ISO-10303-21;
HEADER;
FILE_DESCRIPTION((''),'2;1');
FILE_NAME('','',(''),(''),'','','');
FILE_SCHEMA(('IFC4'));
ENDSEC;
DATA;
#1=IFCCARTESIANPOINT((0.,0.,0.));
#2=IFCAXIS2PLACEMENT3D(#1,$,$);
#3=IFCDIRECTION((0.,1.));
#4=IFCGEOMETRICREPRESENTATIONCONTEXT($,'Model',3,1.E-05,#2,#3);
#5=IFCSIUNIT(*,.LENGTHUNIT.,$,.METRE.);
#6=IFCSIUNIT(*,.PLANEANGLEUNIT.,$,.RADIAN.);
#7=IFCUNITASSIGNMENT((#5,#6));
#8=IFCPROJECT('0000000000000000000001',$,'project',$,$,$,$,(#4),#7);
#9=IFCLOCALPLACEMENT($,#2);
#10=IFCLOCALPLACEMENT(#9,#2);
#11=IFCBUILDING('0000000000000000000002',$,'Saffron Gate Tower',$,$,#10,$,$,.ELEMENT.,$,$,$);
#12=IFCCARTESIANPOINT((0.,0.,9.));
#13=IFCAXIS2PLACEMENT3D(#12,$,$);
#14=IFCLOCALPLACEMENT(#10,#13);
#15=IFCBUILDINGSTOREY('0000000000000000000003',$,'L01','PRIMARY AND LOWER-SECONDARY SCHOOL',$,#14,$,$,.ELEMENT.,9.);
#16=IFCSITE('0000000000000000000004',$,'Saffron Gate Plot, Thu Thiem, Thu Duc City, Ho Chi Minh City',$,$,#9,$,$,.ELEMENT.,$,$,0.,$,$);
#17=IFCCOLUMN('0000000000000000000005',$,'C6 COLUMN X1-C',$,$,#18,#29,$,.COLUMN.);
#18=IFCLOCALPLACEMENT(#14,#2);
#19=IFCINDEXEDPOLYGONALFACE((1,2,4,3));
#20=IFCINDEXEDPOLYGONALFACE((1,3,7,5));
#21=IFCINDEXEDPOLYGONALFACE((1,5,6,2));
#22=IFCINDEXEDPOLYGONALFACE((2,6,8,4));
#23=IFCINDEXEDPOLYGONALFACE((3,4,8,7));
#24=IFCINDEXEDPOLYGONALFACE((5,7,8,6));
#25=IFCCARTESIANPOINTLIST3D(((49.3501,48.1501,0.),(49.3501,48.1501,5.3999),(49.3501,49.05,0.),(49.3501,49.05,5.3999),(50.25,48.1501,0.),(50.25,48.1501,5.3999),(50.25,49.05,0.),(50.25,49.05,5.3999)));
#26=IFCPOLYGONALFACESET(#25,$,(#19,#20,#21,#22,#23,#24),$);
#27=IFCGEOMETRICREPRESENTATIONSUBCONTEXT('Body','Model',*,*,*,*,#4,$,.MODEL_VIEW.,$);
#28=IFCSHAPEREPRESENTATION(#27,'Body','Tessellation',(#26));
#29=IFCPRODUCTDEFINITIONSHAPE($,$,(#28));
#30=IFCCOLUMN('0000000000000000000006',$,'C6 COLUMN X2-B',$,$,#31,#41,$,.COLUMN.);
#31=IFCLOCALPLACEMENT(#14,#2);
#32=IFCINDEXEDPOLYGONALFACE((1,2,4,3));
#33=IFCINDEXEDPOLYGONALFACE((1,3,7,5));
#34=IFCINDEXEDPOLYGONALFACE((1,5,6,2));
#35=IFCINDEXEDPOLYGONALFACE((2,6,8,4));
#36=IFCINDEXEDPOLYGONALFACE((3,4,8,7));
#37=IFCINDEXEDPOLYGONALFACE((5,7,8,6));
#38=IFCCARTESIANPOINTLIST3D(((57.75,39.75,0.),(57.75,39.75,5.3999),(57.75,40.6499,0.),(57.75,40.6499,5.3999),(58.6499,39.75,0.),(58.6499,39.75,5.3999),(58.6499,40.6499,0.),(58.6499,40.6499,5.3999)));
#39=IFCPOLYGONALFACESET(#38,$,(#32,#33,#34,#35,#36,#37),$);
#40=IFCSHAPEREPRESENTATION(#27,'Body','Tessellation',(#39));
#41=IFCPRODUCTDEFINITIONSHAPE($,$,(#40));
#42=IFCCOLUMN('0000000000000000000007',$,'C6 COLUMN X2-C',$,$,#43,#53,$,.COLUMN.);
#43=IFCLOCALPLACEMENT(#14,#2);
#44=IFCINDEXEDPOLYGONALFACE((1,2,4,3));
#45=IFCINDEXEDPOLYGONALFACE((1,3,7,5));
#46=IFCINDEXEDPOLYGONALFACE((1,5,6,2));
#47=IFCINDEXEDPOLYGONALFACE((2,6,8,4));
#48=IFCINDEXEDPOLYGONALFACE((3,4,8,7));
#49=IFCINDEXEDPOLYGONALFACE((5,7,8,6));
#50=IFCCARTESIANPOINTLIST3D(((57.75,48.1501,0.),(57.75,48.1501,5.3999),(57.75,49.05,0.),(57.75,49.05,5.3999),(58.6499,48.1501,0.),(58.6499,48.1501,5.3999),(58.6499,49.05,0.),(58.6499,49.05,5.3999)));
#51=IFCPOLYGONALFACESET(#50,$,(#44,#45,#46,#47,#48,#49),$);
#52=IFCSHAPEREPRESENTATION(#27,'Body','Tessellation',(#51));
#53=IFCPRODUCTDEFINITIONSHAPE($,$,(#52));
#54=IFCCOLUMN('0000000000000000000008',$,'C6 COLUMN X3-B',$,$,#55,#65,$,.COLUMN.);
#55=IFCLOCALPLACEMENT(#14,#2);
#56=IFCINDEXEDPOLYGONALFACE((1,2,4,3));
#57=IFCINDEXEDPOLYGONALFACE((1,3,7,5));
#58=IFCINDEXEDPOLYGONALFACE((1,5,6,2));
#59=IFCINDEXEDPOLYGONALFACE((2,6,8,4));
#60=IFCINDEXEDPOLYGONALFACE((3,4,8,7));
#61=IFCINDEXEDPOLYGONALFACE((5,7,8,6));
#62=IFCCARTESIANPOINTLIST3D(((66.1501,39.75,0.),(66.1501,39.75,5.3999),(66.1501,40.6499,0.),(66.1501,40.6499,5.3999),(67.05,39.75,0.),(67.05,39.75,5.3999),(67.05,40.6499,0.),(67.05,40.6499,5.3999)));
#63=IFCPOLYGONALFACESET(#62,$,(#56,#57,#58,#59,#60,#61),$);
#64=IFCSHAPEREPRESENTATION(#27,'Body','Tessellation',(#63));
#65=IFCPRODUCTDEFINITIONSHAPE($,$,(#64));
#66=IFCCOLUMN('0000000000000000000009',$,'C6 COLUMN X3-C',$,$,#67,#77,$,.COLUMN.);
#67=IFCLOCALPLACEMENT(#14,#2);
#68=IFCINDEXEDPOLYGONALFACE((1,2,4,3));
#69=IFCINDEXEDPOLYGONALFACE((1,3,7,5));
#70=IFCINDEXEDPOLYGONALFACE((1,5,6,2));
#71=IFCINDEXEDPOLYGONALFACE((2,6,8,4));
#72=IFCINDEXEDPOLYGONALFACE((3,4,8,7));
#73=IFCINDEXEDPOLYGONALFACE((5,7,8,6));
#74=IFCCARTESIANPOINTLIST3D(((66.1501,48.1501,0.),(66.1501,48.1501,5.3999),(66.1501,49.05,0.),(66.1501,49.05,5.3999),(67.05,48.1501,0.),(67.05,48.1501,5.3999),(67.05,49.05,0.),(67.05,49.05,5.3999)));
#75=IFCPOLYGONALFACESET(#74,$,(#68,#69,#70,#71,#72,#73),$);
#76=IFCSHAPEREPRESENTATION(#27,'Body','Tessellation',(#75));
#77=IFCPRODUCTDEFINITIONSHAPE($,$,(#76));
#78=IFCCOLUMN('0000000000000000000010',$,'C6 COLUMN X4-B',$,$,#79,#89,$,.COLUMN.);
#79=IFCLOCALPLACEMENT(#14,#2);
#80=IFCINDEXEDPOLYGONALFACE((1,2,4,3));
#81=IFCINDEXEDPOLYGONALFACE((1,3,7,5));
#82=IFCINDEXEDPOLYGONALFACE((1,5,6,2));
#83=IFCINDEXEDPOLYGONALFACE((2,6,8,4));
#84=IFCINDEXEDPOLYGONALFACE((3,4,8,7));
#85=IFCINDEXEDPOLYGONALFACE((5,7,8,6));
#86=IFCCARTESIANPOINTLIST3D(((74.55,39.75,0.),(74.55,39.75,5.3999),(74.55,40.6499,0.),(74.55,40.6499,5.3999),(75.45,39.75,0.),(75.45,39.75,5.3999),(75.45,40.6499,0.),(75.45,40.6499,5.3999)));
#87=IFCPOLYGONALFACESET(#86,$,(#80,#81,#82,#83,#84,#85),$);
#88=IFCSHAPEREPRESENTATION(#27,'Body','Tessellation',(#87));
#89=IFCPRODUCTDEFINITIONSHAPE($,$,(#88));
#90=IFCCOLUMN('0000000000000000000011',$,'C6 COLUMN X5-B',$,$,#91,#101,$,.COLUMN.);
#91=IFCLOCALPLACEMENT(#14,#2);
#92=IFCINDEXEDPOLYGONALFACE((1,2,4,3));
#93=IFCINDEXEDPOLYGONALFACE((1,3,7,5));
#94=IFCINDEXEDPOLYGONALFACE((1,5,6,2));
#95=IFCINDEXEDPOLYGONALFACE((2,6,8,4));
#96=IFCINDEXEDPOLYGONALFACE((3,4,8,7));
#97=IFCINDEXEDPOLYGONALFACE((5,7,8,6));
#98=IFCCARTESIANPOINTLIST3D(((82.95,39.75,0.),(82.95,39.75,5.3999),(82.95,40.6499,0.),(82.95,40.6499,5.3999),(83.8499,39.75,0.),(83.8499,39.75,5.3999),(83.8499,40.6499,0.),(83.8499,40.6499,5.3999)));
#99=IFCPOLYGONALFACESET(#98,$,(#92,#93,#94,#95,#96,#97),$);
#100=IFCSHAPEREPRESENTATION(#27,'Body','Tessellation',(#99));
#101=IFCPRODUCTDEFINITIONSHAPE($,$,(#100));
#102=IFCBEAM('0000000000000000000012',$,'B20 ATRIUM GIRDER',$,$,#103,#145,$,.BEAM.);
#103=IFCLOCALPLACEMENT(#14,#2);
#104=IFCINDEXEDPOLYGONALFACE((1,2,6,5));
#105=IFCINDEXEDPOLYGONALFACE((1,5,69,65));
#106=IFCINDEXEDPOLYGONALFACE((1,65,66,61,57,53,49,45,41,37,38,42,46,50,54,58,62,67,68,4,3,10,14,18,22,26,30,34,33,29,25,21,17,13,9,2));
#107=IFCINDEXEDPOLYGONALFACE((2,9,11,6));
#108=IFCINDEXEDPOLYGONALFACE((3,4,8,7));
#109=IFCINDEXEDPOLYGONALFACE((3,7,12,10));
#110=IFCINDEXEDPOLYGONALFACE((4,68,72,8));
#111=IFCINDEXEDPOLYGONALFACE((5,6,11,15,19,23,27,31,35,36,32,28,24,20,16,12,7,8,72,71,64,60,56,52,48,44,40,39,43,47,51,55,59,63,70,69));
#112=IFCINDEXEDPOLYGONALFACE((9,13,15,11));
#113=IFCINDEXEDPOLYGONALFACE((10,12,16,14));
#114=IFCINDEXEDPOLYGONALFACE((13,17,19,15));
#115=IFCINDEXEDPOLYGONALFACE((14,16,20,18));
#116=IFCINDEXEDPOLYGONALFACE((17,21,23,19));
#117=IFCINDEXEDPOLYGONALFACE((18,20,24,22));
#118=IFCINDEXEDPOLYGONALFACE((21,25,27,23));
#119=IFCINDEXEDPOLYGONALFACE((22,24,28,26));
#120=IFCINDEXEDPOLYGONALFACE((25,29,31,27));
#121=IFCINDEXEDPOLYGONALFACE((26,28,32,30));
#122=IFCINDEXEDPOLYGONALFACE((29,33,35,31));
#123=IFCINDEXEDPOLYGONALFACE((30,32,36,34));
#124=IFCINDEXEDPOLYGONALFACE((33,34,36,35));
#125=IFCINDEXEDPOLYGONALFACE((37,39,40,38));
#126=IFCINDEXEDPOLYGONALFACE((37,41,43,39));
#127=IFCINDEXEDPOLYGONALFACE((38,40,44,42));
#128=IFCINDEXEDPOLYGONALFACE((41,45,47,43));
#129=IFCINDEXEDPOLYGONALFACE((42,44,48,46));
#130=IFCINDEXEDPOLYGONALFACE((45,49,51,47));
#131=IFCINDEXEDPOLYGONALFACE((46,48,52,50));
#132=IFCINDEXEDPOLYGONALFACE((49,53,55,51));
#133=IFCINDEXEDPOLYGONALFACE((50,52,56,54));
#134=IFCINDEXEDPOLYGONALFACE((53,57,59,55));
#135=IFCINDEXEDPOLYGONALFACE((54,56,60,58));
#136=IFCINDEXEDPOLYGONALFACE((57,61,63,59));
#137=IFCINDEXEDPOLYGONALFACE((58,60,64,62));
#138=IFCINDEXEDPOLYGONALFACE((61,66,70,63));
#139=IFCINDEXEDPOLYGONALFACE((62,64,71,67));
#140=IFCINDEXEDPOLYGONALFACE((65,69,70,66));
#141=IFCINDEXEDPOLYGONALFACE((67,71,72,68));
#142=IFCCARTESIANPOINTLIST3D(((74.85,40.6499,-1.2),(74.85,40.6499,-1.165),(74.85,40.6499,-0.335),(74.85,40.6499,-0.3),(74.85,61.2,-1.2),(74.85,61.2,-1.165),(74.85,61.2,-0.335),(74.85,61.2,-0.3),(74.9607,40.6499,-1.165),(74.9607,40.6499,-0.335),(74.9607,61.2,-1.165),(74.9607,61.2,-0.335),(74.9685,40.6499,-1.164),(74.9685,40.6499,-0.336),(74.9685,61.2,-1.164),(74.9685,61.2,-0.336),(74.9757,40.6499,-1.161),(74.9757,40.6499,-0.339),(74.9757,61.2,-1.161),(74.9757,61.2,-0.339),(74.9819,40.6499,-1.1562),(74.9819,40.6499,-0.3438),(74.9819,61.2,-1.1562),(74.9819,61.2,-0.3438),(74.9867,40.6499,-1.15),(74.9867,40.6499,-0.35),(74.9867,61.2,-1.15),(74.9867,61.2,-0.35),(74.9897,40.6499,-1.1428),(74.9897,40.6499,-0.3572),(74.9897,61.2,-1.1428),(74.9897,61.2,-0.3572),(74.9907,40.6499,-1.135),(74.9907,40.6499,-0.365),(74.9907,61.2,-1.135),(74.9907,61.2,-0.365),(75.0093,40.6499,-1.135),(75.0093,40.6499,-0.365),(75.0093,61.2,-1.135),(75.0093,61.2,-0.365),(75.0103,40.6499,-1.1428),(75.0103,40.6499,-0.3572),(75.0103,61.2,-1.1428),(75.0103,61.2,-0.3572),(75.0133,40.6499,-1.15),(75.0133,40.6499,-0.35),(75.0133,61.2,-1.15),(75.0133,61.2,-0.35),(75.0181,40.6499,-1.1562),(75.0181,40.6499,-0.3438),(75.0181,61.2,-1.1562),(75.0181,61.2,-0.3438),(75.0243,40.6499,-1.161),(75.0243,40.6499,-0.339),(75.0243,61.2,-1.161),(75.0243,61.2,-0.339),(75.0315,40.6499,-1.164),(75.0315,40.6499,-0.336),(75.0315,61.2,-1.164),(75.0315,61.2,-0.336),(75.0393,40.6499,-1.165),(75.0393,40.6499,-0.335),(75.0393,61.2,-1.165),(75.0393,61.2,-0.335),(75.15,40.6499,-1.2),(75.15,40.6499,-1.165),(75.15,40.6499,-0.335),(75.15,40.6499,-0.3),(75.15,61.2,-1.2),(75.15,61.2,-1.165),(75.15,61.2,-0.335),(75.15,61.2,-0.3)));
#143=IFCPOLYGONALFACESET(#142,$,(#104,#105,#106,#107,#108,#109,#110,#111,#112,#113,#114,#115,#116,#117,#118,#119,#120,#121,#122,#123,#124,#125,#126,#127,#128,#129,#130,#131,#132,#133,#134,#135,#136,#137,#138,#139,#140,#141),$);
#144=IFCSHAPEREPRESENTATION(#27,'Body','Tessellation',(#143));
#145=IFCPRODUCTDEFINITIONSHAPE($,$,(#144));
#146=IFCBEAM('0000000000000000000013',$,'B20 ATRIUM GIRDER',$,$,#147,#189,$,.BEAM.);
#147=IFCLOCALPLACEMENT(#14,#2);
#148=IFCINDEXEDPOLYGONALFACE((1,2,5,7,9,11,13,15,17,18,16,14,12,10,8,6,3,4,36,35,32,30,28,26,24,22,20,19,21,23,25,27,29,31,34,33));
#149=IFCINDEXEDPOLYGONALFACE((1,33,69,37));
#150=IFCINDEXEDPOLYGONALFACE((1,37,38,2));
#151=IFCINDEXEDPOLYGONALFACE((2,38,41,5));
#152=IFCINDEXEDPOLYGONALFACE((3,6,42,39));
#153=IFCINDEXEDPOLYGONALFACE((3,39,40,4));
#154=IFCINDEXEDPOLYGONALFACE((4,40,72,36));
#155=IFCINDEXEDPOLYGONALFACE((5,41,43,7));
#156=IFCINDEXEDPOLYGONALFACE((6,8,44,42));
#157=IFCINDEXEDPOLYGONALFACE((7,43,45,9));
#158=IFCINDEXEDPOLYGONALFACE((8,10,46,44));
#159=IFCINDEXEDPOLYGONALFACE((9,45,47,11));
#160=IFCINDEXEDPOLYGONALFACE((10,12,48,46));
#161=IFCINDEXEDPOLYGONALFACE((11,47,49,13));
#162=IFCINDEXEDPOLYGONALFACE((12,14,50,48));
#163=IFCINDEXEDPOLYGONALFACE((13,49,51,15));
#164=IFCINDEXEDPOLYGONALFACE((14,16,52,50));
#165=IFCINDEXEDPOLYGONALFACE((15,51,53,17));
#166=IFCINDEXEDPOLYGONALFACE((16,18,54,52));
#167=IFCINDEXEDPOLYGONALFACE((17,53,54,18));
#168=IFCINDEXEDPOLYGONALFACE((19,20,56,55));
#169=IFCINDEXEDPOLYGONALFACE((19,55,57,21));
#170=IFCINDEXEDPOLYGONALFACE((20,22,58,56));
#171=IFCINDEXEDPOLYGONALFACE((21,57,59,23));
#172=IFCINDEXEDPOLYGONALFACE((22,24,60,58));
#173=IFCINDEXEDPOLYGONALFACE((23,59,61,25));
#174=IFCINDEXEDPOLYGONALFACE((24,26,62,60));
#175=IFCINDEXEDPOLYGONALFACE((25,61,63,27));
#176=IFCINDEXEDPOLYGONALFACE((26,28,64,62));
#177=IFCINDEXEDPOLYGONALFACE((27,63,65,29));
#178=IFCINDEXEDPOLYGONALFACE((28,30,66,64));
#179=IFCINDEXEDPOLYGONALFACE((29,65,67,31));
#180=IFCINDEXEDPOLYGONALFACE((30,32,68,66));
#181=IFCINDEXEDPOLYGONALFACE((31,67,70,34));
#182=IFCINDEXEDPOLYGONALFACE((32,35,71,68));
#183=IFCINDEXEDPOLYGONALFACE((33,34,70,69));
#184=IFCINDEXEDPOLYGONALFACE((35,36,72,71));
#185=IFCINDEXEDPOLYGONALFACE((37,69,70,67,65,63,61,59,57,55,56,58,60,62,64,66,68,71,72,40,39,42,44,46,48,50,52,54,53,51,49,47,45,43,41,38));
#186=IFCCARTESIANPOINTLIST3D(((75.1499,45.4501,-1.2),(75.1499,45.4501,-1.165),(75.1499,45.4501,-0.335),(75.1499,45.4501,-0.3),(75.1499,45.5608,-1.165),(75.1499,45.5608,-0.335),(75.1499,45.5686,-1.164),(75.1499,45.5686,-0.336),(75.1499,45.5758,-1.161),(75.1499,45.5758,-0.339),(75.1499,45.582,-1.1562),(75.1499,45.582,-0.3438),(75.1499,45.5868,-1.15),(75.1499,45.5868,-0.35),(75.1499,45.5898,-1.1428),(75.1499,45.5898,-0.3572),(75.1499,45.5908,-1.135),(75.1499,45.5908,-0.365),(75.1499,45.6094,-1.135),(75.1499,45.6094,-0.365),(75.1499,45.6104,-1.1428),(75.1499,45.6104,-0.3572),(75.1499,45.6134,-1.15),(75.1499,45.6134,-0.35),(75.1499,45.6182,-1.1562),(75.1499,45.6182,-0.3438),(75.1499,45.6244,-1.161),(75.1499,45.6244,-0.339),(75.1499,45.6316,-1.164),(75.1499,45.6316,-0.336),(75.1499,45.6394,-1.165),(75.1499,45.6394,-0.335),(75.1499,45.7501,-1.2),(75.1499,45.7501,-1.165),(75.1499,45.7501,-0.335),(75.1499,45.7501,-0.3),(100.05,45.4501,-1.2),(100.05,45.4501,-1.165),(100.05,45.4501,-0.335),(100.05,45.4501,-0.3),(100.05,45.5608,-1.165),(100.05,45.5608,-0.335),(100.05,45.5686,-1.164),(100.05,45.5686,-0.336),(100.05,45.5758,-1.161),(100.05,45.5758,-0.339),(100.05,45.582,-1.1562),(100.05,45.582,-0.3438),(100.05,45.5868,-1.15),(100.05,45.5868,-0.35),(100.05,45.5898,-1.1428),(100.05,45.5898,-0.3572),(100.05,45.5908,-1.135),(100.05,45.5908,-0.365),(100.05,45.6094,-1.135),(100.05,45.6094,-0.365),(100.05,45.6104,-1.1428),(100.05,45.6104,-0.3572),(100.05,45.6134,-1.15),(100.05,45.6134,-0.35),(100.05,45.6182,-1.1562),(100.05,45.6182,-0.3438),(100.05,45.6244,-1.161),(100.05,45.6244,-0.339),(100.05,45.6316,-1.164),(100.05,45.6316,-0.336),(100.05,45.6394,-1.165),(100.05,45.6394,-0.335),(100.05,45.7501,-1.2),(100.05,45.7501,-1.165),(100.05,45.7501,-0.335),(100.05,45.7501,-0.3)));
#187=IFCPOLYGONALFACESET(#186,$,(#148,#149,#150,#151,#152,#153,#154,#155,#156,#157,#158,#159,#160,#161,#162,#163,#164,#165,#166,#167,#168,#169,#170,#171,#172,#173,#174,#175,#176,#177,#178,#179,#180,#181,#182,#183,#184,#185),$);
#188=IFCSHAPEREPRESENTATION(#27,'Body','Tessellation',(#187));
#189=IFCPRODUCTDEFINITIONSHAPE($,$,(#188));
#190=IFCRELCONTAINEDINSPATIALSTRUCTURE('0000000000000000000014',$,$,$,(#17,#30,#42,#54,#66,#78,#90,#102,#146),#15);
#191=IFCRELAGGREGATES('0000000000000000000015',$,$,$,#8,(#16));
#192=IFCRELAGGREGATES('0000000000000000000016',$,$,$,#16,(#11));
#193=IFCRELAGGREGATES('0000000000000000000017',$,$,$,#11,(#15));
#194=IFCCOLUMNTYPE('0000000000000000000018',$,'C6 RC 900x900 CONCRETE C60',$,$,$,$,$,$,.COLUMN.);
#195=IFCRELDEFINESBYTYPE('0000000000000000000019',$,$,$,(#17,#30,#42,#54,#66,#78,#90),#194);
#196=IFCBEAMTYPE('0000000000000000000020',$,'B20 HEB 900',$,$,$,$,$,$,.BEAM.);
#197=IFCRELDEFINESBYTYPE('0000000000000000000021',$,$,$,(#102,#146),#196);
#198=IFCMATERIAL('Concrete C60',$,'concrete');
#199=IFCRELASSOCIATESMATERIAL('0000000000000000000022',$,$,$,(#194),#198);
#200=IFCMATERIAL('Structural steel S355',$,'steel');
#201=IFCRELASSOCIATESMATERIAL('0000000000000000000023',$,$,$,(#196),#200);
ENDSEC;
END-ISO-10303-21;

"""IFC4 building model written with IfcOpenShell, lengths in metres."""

from ifc_helpers import new_model, si_unit, direction, frame, origin, origin_2d, place, context, subcontext, project, spatial, rectangle, i_section, extrude, material, material_profile, profile_set, type_object, element, save


model = new_model("IFC4")

# Units and contexts
model_context = context("Model", 3, precision=1e-05, world=origin(), true_north=direction((0.0, 1.0)))
body_context = subcontext(model_context, "Body", "Model", "MODEL_VIEW")
ifc_project = project(units=[si_unit("LENGTHUNIT", "METRE"), si_unit("PLANEANGLEUNIT", "RADIAN")], contexts=[model_context])

# Site, building, storey
site_placement = place(None, origin())
site = spatial("IfcSite", under=ifc_project, at=site_placement, Name="Saffron Gate Plot, Thu Thiem, Thu Duc City, Ho Chi Minh City", CompositionType="ELEMENT", RefElevation=0.0)
building_placement = place(site_placement, origin())
building = spatial("IfcBuilding", under=site, at=building_placement, Name="Saffron Gate Tower", CompositionType="ELEMENT")
storey_placement = place(building_placement, frame((0.0, 0.0, 9.0)))
storey = spatial("IfcBuildingStorey", under=building, at=storey_placement, Name="L01", Description="PRIMARY AND LOWER-SECONDARY SCHOOL", CompositionType="ELEMENT", Elevation=9.0)

# Columns
ifc_material_1 = material(Name="Concrete C60", Category="concrete")
ifc_material_profile_1 = material_profile(ifc_material_1, rectangle(XDim=0.8999, YDim=0.8999, at=origin_2d()))
ifc_profile_set_1 = profile_set([ifc_material_profile_1], Name="Concrete C60")
column_type = type_object("IfcColumnType", Name="C6 RC 900x900 CONCRETE C60", PredefinedType="COLUMN", material=ifc_profile_set_1)
for number, where, z_axis, x_axis, name in (
    (1, (49.8, 48.6001, 0.0), (0.0, 0.0, 1.0), (1.0, 0.0, 0.0), "C6 COLUMN X1-C"),
    (2, (58.2, 40.2, 0.0), (0.0, 0.0, 1.0), (1.0, 0.0, 0.0), "C6 COLUMN X2-B"),
    (3, (58.2, 48.6001, 0.0), (0.0, 0.0, 1.0), (1.0, 0.0, 0.0), "C6 COLUMN X2-C"),
    (4, (66.6001, 40.2, 0.0), (0.0, 0.0, 1.0), (1.0, 0.0, 0.0), "C6 COLUMN X3-B"),
    (5, (66.6001, 48.6001, 0.0), (0.0, 0.0, 1.0), (1.0, 0.0, 0.0), "C6 COLUMN X3-C"),
    (6, (75.0, 40.2, 0.0), (0.0, 0.0, 1.0), (1.0, 0.0, 0.0), "C6 COLUMN X4-B"),
    (7, (83.3999, 40.2, 0.0), (0.0, 0.0, 1.0), (1.0, 0.0, 0.0), "C6 COLUMN X5-B"),
):
    element("IfcColumn", number, at=place(storey_placement, frame(where, z_axis=z_axis, x_axis=x_axis)), inside=storey, type_object=column_type, Name=name, PredefinedType="COLUMN", context=body_context, shape_type="SweptSolid", body=[
        extrude(rectangle(XDim=0.8999, YDim=0.8999, at=origin_2d()), origin(), (0.0, 0.0, 1.0), 5.3999),
    ])

# Beams
ifc_material_2 = material(Name="Structural steel S355", Category="steel")
ifc_material_profile_2 = material_profile(ifc_material_2, i_section(OverallWidth=0.3, OverallDepth=0.8999, WebThickness=0.0186, FlangeThickness=0.0349, FilletRadius=0.03, at=origin_2d()))
ifc_profile_set_2 = profile_set([ifc_material_profile_2], Name="Structural steel S355")
beam_type_1 = type_object("IfcBeamType", Name="B20 HEB 900", PredefinedType="BEAM", material=ifc_profile_set_2)
beam_1_placement = place(storey_placement, frame((75.0, 40.6499, -0.75), z_axis=(0.0, 1.0, 0.0), x_axis=(-1.0, 0.0, 0.0)))
element("IfcBeam", 8, at=beam_1_placement, inside=storey, type_object=beam_type_1, Name="B20 ATRIUM GIRDER", PredefinedType="BEAM", context=body_context, shape_type="SweptSolid", body=[
    extrude(i_section(OverallWidth=0.3, OverallDepth=0.8999, WebThickness=0.0186, FlangeThickness=0.0349, FilletRadius=0.03, at=origin_2d()), origin(), (0.0, 0.0, 1.0), 20.55),
])
beam_2_placement = place(storey_placement, frame((75.1499, 45.6001, -0.75), z_axis=(1.0, 0.0, 0.0), x_axis=(0.0, 1.0, 0.0)))
element("IfcBeam", 9, at=beam_2_placement, inside=storey, type_object=beam_type_1, Name="B20 ATRIUM GIRDER", PredefinedType="BEAM", context=body_context, shape_type="SweptSolid", body=[
    extrude(i_section(OverallWidth=0.3, OverallDepth=0.8999, WebThickness=0.0186, FlangeThickness=0.0349, FilletRadius=0.03, at=origin_2d()), origin(), (0.0, 0.0, 1.0), 24.9001),
])

save(model, "model.ifc")
